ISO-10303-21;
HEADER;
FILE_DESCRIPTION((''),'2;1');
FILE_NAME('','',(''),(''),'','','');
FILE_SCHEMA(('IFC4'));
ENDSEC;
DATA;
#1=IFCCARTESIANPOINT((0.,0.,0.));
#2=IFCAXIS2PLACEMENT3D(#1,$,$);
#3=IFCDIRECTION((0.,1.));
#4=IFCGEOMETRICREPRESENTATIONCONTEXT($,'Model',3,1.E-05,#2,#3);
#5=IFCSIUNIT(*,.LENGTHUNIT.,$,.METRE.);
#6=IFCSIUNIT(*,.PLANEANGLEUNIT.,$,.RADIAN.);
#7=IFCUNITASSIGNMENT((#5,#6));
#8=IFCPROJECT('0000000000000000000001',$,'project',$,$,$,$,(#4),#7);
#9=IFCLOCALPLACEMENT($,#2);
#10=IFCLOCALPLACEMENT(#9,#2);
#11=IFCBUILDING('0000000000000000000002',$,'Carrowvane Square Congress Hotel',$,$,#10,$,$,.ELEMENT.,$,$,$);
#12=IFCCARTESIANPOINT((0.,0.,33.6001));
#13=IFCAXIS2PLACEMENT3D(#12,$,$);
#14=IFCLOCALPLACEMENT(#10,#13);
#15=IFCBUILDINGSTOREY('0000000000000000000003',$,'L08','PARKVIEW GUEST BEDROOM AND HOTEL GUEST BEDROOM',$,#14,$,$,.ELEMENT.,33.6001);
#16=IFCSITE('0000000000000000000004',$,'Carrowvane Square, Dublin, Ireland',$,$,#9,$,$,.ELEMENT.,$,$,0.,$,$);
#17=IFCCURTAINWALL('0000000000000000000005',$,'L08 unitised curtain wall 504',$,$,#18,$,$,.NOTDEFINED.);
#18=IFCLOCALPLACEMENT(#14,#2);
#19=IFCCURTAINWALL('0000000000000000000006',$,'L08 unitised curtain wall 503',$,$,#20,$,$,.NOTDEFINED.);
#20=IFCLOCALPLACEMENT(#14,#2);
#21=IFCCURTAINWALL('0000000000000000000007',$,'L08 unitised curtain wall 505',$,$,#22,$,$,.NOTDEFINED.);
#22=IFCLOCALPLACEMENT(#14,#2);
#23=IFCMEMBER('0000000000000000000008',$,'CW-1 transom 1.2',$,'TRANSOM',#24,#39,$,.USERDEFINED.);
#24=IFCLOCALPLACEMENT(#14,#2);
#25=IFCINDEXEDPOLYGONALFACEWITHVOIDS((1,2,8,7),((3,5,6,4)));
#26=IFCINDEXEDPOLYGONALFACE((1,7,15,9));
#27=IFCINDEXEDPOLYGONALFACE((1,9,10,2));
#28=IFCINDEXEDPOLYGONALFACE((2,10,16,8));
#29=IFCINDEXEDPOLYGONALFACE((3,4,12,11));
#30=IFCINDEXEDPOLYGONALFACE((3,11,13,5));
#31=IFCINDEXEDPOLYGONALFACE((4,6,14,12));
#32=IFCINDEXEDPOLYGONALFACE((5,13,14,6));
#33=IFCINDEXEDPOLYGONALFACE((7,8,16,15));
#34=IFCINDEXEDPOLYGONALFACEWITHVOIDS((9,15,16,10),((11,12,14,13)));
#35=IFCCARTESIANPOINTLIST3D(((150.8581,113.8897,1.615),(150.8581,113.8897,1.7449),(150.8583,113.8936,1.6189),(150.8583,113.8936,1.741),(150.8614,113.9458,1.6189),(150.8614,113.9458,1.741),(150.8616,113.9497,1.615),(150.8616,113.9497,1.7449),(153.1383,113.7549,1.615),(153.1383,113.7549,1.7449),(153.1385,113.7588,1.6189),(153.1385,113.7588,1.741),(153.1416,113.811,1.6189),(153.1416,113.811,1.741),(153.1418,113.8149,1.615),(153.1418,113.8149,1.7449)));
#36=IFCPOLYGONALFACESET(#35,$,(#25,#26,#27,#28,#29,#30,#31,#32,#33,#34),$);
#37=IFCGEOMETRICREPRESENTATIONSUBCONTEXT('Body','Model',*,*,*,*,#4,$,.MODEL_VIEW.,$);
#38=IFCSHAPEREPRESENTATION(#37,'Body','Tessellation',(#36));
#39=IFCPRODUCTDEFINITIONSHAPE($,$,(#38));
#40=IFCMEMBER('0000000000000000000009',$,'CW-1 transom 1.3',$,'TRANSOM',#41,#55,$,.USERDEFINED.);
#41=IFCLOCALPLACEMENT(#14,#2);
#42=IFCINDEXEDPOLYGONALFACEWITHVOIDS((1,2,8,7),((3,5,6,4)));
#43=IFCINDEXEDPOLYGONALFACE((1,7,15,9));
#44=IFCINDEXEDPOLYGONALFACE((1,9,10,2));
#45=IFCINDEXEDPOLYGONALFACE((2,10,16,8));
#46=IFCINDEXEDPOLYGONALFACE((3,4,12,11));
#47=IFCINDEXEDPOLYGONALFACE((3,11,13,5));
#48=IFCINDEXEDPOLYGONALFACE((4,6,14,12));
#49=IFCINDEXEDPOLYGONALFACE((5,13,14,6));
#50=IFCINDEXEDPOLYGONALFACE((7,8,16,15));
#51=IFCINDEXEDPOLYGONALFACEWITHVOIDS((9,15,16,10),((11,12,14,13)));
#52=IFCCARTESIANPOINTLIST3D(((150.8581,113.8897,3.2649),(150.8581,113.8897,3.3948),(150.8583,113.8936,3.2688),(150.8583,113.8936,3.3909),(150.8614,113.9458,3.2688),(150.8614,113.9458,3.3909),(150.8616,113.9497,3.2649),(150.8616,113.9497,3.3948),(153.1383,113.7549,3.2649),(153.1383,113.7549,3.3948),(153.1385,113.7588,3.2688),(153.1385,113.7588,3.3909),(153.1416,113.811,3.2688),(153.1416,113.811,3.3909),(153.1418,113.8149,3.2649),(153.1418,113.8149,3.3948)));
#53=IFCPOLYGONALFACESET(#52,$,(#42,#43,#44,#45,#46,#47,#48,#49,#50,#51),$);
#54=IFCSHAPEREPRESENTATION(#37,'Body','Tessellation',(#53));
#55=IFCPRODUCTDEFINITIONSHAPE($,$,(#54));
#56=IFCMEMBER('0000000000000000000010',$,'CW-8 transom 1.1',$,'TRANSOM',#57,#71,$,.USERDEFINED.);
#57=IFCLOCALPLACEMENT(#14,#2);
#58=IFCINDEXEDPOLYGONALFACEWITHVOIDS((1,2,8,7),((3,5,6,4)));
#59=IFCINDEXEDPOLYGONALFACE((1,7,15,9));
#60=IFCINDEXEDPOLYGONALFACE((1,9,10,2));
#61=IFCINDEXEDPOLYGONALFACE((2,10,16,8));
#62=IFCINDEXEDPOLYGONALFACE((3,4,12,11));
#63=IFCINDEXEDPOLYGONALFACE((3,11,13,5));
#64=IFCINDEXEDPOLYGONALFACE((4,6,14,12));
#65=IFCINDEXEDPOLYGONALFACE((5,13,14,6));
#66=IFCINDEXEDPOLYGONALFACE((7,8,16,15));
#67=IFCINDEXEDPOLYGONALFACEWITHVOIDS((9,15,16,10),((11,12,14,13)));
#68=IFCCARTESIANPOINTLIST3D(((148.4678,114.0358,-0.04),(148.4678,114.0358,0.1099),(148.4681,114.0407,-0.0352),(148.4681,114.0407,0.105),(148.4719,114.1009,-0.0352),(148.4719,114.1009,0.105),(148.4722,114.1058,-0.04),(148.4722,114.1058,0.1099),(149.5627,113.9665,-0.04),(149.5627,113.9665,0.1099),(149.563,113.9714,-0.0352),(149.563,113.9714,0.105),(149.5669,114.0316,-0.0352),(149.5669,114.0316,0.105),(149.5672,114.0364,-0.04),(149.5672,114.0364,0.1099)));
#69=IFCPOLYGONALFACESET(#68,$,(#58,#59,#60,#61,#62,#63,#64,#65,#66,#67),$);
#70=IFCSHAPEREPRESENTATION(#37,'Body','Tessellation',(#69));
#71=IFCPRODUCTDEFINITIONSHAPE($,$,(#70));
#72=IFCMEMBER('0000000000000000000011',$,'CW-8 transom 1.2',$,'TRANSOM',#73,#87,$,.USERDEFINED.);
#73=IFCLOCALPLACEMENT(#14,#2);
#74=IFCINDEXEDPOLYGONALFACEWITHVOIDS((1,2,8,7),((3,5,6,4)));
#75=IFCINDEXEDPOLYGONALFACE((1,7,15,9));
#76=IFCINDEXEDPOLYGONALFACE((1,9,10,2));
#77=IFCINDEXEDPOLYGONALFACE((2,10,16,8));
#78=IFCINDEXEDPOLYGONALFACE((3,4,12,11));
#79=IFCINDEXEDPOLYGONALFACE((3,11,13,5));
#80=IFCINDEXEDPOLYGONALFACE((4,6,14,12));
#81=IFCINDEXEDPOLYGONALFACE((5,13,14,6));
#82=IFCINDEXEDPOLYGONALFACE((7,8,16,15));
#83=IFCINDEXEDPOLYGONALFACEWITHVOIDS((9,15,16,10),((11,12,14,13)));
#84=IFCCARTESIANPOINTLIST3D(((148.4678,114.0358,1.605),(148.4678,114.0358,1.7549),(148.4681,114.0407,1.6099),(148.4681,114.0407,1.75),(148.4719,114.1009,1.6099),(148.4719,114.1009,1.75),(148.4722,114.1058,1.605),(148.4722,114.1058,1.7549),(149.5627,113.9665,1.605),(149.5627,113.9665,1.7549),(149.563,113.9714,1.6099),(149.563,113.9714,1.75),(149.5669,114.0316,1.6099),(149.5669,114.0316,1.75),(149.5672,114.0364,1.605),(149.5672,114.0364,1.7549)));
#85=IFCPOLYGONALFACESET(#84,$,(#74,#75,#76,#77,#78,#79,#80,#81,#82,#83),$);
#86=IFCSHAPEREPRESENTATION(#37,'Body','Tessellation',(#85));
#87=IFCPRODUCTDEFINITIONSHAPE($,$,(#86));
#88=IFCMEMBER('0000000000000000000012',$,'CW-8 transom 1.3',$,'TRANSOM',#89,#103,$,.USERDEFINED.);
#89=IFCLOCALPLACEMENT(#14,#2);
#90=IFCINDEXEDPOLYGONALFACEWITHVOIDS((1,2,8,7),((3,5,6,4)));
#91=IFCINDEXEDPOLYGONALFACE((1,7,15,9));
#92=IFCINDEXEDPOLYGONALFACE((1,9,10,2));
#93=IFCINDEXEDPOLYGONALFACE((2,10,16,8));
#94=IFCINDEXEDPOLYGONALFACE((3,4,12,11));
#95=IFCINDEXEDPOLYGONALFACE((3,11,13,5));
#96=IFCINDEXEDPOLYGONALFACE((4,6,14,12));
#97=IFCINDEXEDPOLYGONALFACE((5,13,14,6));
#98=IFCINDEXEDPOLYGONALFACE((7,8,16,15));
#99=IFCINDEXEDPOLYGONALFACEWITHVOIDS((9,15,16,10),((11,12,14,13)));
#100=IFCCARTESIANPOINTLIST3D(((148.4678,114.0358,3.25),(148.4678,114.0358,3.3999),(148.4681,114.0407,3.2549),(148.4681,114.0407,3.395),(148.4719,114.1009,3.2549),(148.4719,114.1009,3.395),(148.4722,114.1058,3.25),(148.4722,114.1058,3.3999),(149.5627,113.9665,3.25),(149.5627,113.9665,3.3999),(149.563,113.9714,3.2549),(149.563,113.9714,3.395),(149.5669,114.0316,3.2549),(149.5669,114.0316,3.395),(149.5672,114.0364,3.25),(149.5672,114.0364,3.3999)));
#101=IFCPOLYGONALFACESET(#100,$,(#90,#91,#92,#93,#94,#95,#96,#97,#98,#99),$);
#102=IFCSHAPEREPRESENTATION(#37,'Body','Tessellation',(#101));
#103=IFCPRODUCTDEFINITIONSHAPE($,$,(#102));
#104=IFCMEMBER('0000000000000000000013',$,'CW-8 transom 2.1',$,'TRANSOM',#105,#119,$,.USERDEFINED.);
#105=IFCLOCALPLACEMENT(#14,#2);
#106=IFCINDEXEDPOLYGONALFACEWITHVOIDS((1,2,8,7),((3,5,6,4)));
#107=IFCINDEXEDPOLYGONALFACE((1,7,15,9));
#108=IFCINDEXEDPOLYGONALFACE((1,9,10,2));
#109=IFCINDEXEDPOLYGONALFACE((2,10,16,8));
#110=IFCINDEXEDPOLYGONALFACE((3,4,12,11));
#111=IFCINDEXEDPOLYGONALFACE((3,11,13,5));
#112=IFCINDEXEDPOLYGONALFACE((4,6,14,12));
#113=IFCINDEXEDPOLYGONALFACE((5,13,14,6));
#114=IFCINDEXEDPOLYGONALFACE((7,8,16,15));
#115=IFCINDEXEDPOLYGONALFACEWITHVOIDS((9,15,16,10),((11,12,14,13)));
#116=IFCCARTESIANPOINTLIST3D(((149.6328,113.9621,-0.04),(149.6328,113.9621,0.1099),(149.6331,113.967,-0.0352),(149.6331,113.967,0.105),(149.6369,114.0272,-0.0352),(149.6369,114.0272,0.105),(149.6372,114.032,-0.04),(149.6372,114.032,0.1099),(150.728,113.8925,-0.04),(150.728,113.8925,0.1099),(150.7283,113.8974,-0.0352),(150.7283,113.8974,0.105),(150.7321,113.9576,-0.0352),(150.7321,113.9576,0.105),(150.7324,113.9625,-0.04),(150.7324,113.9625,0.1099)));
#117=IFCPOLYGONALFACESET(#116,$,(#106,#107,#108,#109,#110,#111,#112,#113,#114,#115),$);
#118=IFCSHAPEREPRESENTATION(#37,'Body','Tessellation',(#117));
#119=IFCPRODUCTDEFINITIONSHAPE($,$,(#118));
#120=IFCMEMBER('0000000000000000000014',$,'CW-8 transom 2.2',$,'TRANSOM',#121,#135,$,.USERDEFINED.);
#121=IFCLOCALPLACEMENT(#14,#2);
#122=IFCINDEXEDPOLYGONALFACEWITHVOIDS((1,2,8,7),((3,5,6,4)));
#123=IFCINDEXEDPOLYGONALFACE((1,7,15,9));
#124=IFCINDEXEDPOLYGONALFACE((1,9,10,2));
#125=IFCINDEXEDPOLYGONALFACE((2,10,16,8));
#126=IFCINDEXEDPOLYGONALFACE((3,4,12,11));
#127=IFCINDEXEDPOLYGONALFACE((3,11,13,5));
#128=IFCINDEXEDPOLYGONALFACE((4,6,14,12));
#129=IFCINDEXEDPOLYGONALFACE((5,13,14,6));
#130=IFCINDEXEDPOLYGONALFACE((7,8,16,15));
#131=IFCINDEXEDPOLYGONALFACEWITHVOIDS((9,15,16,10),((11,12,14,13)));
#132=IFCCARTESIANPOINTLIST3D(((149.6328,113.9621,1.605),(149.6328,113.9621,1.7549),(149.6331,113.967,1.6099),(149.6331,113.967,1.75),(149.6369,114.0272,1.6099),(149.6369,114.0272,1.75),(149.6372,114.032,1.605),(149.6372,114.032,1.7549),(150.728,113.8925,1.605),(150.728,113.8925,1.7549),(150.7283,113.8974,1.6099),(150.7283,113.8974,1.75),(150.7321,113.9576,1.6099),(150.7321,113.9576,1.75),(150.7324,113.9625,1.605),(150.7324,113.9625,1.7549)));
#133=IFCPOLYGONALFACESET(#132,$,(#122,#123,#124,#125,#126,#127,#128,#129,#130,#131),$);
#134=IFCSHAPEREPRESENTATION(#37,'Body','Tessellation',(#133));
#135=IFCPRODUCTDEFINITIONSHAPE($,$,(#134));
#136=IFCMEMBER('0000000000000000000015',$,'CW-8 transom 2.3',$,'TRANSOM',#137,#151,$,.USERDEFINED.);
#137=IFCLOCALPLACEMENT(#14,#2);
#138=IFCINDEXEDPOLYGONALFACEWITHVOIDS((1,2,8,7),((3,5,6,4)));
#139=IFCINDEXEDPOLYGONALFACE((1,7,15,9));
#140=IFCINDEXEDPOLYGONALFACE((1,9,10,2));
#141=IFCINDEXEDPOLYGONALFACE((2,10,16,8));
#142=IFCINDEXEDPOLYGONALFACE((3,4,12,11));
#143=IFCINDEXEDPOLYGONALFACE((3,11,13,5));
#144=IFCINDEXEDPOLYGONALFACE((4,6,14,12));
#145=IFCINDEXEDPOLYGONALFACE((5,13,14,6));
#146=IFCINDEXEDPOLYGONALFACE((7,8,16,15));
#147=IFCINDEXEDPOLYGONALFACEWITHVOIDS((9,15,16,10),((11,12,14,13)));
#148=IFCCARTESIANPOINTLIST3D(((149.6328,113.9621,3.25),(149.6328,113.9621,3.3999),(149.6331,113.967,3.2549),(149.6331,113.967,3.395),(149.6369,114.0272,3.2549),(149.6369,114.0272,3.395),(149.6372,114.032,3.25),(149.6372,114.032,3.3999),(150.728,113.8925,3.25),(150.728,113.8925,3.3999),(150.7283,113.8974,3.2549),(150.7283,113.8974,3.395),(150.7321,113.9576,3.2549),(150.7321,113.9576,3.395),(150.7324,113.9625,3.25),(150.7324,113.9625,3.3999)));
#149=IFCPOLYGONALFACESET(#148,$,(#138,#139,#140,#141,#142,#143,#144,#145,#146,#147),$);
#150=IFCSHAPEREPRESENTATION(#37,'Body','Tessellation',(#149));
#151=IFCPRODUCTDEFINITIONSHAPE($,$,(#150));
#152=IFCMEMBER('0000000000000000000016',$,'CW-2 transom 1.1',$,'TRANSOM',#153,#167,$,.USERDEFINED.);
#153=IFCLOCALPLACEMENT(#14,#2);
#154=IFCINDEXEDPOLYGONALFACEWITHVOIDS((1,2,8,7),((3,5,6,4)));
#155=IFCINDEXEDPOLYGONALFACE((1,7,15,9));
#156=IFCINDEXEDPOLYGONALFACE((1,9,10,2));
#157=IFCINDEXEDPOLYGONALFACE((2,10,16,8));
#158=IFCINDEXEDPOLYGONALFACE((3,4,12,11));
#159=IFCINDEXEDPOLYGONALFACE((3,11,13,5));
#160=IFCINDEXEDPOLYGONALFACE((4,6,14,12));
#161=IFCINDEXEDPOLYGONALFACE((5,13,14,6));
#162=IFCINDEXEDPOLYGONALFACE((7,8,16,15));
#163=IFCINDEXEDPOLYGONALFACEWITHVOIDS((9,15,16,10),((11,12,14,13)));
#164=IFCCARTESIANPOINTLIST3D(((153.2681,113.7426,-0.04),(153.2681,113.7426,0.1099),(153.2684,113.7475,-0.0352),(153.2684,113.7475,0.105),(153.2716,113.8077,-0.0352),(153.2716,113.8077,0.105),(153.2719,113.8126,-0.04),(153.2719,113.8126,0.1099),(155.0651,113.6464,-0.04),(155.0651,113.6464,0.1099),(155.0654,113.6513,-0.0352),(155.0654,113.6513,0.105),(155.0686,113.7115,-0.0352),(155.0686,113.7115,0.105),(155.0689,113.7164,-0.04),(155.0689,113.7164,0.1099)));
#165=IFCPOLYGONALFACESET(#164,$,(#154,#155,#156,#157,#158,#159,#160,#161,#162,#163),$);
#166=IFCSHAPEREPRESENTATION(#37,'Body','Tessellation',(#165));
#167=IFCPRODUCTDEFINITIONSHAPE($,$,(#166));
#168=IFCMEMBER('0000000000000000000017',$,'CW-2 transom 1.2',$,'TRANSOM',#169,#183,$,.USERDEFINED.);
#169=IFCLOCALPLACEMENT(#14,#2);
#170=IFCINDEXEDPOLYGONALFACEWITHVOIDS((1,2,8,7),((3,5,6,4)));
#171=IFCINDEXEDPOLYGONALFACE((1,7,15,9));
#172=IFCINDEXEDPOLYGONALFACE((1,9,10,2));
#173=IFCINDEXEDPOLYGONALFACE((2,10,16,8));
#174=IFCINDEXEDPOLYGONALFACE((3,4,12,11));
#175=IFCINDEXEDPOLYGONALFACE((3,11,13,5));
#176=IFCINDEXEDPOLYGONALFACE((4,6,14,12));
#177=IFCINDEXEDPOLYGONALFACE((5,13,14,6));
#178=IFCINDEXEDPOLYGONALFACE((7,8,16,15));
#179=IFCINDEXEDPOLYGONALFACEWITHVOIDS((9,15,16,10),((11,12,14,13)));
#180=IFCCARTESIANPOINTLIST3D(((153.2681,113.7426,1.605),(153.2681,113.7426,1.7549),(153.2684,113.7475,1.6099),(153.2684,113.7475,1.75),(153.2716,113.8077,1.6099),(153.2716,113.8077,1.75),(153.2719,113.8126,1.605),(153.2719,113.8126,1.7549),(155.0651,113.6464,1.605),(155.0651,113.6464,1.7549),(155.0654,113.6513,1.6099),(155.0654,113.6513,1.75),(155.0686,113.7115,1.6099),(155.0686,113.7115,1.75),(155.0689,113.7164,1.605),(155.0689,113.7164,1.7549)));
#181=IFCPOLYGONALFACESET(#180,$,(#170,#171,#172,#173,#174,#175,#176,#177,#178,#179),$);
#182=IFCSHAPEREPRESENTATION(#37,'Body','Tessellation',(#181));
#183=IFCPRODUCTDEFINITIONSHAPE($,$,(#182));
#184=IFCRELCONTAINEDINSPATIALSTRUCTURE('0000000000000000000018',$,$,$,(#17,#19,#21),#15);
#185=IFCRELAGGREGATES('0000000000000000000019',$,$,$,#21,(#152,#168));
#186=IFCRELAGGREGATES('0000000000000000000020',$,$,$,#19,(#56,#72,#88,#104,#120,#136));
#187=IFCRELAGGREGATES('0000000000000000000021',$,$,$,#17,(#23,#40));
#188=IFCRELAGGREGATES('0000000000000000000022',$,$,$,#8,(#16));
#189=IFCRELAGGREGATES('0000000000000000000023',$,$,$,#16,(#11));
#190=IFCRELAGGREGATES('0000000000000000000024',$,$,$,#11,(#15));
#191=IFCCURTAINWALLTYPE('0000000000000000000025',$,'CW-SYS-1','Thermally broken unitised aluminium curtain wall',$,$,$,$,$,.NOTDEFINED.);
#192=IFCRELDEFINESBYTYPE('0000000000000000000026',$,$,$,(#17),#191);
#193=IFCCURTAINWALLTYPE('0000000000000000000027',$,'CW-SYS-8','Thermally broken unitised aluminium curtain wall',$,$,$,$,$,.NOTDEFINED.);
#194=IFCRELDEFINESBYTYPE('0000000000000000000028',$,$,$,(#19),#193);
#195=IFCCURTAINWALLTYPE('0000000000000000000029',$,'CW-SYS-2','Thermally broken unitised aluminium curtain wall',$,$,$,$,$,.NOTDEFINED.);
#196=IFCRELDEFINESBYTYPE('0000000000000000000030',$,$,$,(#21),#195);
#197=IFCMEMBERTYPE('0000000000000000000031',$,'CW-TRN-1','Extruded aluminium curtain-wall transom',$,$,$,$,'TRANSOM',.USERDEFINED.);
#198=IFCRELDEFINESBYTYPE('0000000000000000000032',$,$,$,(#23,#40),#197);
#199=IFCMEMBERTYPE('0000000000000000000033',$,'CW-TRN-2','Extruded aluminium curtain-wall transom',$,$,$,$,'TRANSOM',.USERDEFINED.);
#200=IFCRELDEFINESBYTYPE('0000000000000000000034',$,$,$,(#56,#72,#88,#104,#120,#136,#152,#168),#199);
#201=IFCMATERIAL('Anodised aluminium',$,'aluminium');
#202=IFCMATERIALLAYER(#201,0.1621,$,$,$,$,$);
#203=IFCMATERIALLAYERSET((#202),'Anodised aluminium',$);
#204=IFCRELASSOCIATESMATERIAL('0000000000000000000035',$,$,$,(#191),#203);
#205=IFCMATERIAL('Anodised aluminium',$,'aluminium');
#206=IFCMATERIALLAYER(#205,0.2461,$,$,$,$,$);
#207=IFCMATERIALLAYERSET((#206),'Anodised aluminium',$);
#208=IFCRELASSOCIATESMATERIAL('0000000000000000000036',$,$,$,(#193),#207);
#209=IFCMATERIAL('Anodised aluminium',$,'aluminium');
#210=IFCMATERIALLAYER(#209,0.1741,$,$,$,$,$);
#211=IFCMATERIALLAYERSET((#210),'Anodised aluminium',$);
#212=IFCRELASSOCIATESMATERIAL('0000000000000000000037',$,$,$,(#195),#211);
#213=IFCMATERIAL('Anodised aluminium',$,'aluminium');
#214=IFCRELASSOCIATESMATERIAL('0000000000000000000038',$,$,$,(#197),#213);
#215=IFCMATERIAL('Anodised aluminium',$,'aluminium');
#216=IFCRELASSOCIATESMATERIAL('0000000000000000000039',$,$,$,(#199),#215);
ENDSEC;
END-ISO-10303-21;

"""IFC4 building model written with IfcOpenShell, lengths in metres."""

from ifc_helpers import new_model, si_unit, direction, frame, origin, origin_2d, place, context, subcontext, project, spatial, hollow_rectangle, extrude, material, layer, layer_set, material_profile, profile_set, type_object, element, aggregate, save


model = new_model("IFC4")

# Units and contexts
model_context = context("Model", 3, precision=1e-05, world=origin(), true_north=direction((0.0, 1.0)))
body_context = subcontext(model_context, "Body", "Model", "MODEL_VIEW")
ifc_project = project(units=[si_unit("LENGTHUNIT", "METRE"), si_unit("PLANEANGLEUNIT", "RADIAN")], contexts=[model_context])

# Site, building, storey
site_placement = place(None, origin())
site = spatial("IfcSite", under=ifc_project, at=site_placement, Name="Carrowvane Square, Dublin, Ireland", CompositionType="ELEMENT", RefElevation=0.0)
building_placement = place(site_placement, origin())
building = spatial("IfcBuilding", under=site, at=building_placement, Name="Carrowvane Square Congress Hotel", CompositionType="ELEMENT")
storey_placement = place(building_placement, frame((0.0, 0.0, 33.6001)))
storey = spatial("IfcBuildingStorey", under=building, at=storey_placement, Name="L08", Description="PARKVIEW GUEST BEDROOM AND HOTEL GUEST BEDROOM", CompositionType="ELEMENT", Elevation=33.6001)

# Curtain walls
ifc_material_1 = material(Name="Anodised aluminium", Category="aluminium")
ifc_layer_1 = layer(ifc_material_1, 0.1621)
ifc_layer_set_1 = layer_set([ifc_layer_1], Name="Anodised aluminium")
curtain_wall_type_1 = type_object("IfcCurtainWallType", Name="CW-SYS-1", Description="Thermally broken unitised aluminium curtain wall", PredefinedType="NOTDEFINED", material=ifc_layer_set_1)
curtain_wall_1_placement = place(storey_placement, origin())
curtain_wall_1 = element("IfcCurtainWall", 1, at=curtain_wall_1_placement, inside=storey, type_object=curtain_wall_type_1, Name="L08 unitised curtain wall 504", PredefinedType="NOTDEFINED")
ifc_material_2 = material(Name="Anodised aluminium", Category="aluminium")
ifc_layer_2 = layer(ifc_material_2, 0.2461)
ifc_layer_set_2 = layer_set([ifc_layer_2], Name="Anodised aluminium")
curtain_wall_type_2 = type_object("IfcCurtainWallType", Name="CW-SYS-8", Description="Thermally broken unitised aluminium curtain wall", PredefinedType="NOTDEFINED", material=ifc_layer_set_2)
curtain_wall_2_placement = place(storey_placement, origin())
curtain_wall_2 = element("IfcCurtainWall", 2, at=curtain_wall_2_placement, inside=storey, type_object=curtain_wall_type_2, Name="L08 unitised curtain wall 503", PredefinedType="NOTDEFINED")

# Curtain wall
ifc_material_3 = material(Name="Anodised aluminium", Category="aluminium")
ifc_layer_3 = layer(ifc_material_3, 0.1741)
ifc_layer_set_3 = layer_set([ifc_layer_3], Name="Anodised aluminium")
curtain_wall_type_3 = type_object("IfcCurtainWallType", Name="CW-SYS-2", Description="Thermally broken unitised aluminium curtain wall", PredefinedType="NOTDEFINED", material=ifc_layer_set_3)
curtain_wall_3_placement = place(storey_placement, origin())
curtain_wall_3 = element("IfcCurtainWall", 3, at=curtain_wall_3_placement, inside=storey, type_object=curtain_wall_type_3, Name="L08 unitised curtain wall 505", PredefinedType="NOTDEFINED")

# Members
ifc_material_4 = material(Name="Anodised aluminium", Category="aluminium")
ifc_material_profile_1 = material_profile(ifc_material_4, hollow_rectangle(XDim=0.0601, YDim=0.1299, WallThickness=0.0039, at=origin_2d()), Name="CW-TR 60x130x4")
ifc_profile_set_1 = profile_set([ifc_material_profile_1], Name="Anodised aluminium")
member_type_1 = type_object("IfcMemberType", Name="CW-TRN-1", Description="Extruded aluminium curtain-wall transom", ElementType="TRANSOM", PredefinedType="USERDEFINED", material=ifc_profile_set_1)
member_1_placement = place(storey_placement, frame((150.8599, 113.9197, 1.6799), z_axis=(0.998258, -0.058998, 0.0), x_axis=(0.058998, 0.998258, 0.0)))
member_1 = element("IfcMember", 4, at=member_1_placement, type_object=member_type_1, Name="CW-1 transom 1.2", ObjectType="TRANSOM", PredefinedType="USERDEFINED", context=body_context, shape_type="SweptSolid", body=[
    extrude(hollow_rectangle(XDim=0.0601, YDim=0.1299, WallThickness=0.0039, at=origin_2d()), origin(), (0.0, 0.0, 1.0), 2.2842),
])
member_2_placement = place(storey_placement, frame((150.8599, 113.9197, 3.3298), z_axis=(0.998258, -0.058998, 0.0), x_axis=(0.058998, 0.998258, 0.0)))
member_2 = element("IfcMember", 5, at=member_2_placement, type_object=member_type_1, Name="CW-1 transom 1.3", ObjectType="TRANSOM", PredefinedType="USERDEFINED", context=body_context, shape_type="SweptSolid", body=[
    extrude(hollow_rectangle(XDim=0.0601, YDim=0.1299, WallThickness=0.0039, at=origin_2d()), origin(), (0.0, 0.0, 1.0), 2.2842),
])
ifc_material_5 = material(Name="Anodised aluminium", Category="aluminium")
ifc_material_profile_2 = material_profile(ifc_material_5, hollow_rectangle(XDim=0.0701, YDim=0.1499, WallThickness=0.0049, at=origin_2d()), Name="CW-TR 70x150x5")
ifc_profile_set_2 = profile_set([ifc_material_profile_2], Name="Anodised aluminium")
member_type_2 = type_object("IfcMemberType", Name="CW-TRN-2", Description="Extruded aluminium curtain-wall transom", ElementType="TRANSOM", PredefinedType="USERDEFINED", material=ifc_profile_set_2)
member_3_placement = place(storey_placement, frame((148.47, 114.0708, 0.0349), z_axis=(0.998001, -0.063196, 0.0), x_axis=(0.063196, 0.998001, 0.0)))
member_3 = element("IfcMember", 6, at=member_3_placement, type_object=member_type_2, Name="CW-8 transom 1.1", ObjectType="TRANSOM", PredefinedType="USERDEFINED", context=body_context, shape_type="SweptSolid", body=[
    extrude(hollow_rectangle(XDim=0.0701, YDim=0.1499, WallThickness=0.0049, at=origin_2d()), origin(), (0.0, 0.0, 1.0), 1.0972),
])
member_4_placement = place(storey_placement, frame((148.47, 114.0708, 1.6799), z_axis=(0.998001, -0.063196, 0.0), x_axis=(0.063196, 0.998001, 0.0)))
member_4 = element("IfcMember", 7, at=member_4_placement, type_object=member_type_2, Name="CW-8 transom 1.2", ObjectType="TRANSOM", PredefinedType="USERDEFINED", context=body_context, shape_type="SweptSolid", body=[
    extrude(hollow_rectangle(XDim=0.0701, YDim=0.1499, WallThickness=0.0049, at=origin_2d()), origin(), (0.0, 0.0, 1.0), 1.0972),
])
member_5_placement = place(storey_placement, frame((148.47, 114.0708, 3.325), z_axis=(0.998001, -0.063196, 0.0), x_axis=(0.063196, 0.998001, 0.0)))
member_5 = element("IfcMember", 8, at=member_5_placement, type_object=member_type_2, Name="CW-8 transom 1.3", ObjectType="TRANSOM", PredefinedType="USERDEFINED", context=body_context, shape_type="SweptSolid", body=[
    extrude(hollow_rectangle(XDim=0.0701, YDim=0.1499, WallThickness=0.0049, at=origin_2d()), origin(), (0.0, 0.0, 1.0), 1.0972),
])
member_6_placement = place(storey_placement, frame((149.635, 113.9971, 0.0349), z_axis=(0.997988, -0.063403, 0.0), x_axis=(0.063403, 0.997988, 0.0)))
member_6 = element("IfcMember", 9, at=member_6_placement, type_object=member_type_2, Name="CW-8 transom 2.1", ObjectType="TRANSOM", PredefinedType="USERDEFINED", context=body_context, shape_type="SweptSolid", body=[
    extrude(hollow_rectangle(XDim=0.0701, YDim=0.1499, WallThickness=0.0049, at=origin_2d()), origin(), (0.0, 0.0, 1.0), 1.0974),
])
member_7_placement = place(storey_placement, frame((149.635, 113.9971, 1.6799), z_axis=(0.997988, -0.063403, 0.0), x_axis=(0.063403, 0.997988, 0.0)))
member_7 = element("IfcMember", 10, at=member_7_placement, type_object=member_type_2, Name="CW-8 transom 2.2", ObjectType="TRANSOM", PredefinedType="USERDEFINED", context=body_context, shape_type="SweptSolid", body=[
    extrude(hollow_rectangle(XDim=0.0701, YDim=0.1499, WallThickness=0.0049, at=origin_2d()), origin(), (0.0, 0.0, 1.0), 1.0974),
])
member_8_placement = place(storey_placement, frame((149.635, 113.9971, 3.325), z_axis=(0.997988, -0.063403, 0.0), x_axis=(0.063403, 0.997988, 0.0)))
member_8 = element("IfcMember", 11, at=member_8_placement, type_object=member_type_2, Name="CW-8 transom 2.3", ObjectType="TRANSOM", PredefinedType="USERDEFINED", context=body_context, shape_type="SweptSolid", body=[
    extrude(hollow_rectangle(XDim=0.0701, YDim=0.1499, WallThickness=0.0049, at=origin_2d()), origin(), (0.0, 0.0, 1.0), 1.0974),
])
member_9_placement = place(storey_placement, frame((153.27, 113.7776, 0.0349), z_axis=(0.99857, -0.053456, 0.0), x_axis=(0.053456, 0.99857, 0.0)))
member_9 = element("IfcMember", 12, at=member_9_placement, type_object=member_type_2, Name="CW-2 transom 1.1", ObjectType="TRANSOM", PredefinedType="USERDEFINED", context=body_context, shape_type="SweptSolid", body=[
    extrude(hollow_rectangle(XDim=0.0701, YDim=0.1499, WallThickness=0.0049, at=origin_2d()), origin(), (0.0, 0.0, 1.0), 1.7996),
])
member_10_placement = place(storey_placement, frame((153.27, 113.7776, 1.6799), z_axis=(0.99857, -0.053456, 0.0), x_axis=(0.053456, 0.99857, 0.0)))
member_10 = element("IfcMember", 13, at=member_10_placement, type_object=member_type_2, Name="CW-2 transom 1.2", ObjectType="TRANSOM", PredefinedType="USERDEFINED", context=body_context, shape_type="SweptSolid", body=[
    extrude(hollow_rectangle(XDim=0.0701, YDim=0.1499, WallThickness=0.0049, at=origin_2d()), origin(), (0.0, 0.0, 1.0), 1.7996),
])
aggregate(curtain_wall_3, [member_9, member_10])

aggregate(curtain_wall_2, [member_3, member_4, member_5, member_6, member_7, member_8])
aggregate(curtain_wall_1, [member_1, member_2])

save(model, "model.ifc")
